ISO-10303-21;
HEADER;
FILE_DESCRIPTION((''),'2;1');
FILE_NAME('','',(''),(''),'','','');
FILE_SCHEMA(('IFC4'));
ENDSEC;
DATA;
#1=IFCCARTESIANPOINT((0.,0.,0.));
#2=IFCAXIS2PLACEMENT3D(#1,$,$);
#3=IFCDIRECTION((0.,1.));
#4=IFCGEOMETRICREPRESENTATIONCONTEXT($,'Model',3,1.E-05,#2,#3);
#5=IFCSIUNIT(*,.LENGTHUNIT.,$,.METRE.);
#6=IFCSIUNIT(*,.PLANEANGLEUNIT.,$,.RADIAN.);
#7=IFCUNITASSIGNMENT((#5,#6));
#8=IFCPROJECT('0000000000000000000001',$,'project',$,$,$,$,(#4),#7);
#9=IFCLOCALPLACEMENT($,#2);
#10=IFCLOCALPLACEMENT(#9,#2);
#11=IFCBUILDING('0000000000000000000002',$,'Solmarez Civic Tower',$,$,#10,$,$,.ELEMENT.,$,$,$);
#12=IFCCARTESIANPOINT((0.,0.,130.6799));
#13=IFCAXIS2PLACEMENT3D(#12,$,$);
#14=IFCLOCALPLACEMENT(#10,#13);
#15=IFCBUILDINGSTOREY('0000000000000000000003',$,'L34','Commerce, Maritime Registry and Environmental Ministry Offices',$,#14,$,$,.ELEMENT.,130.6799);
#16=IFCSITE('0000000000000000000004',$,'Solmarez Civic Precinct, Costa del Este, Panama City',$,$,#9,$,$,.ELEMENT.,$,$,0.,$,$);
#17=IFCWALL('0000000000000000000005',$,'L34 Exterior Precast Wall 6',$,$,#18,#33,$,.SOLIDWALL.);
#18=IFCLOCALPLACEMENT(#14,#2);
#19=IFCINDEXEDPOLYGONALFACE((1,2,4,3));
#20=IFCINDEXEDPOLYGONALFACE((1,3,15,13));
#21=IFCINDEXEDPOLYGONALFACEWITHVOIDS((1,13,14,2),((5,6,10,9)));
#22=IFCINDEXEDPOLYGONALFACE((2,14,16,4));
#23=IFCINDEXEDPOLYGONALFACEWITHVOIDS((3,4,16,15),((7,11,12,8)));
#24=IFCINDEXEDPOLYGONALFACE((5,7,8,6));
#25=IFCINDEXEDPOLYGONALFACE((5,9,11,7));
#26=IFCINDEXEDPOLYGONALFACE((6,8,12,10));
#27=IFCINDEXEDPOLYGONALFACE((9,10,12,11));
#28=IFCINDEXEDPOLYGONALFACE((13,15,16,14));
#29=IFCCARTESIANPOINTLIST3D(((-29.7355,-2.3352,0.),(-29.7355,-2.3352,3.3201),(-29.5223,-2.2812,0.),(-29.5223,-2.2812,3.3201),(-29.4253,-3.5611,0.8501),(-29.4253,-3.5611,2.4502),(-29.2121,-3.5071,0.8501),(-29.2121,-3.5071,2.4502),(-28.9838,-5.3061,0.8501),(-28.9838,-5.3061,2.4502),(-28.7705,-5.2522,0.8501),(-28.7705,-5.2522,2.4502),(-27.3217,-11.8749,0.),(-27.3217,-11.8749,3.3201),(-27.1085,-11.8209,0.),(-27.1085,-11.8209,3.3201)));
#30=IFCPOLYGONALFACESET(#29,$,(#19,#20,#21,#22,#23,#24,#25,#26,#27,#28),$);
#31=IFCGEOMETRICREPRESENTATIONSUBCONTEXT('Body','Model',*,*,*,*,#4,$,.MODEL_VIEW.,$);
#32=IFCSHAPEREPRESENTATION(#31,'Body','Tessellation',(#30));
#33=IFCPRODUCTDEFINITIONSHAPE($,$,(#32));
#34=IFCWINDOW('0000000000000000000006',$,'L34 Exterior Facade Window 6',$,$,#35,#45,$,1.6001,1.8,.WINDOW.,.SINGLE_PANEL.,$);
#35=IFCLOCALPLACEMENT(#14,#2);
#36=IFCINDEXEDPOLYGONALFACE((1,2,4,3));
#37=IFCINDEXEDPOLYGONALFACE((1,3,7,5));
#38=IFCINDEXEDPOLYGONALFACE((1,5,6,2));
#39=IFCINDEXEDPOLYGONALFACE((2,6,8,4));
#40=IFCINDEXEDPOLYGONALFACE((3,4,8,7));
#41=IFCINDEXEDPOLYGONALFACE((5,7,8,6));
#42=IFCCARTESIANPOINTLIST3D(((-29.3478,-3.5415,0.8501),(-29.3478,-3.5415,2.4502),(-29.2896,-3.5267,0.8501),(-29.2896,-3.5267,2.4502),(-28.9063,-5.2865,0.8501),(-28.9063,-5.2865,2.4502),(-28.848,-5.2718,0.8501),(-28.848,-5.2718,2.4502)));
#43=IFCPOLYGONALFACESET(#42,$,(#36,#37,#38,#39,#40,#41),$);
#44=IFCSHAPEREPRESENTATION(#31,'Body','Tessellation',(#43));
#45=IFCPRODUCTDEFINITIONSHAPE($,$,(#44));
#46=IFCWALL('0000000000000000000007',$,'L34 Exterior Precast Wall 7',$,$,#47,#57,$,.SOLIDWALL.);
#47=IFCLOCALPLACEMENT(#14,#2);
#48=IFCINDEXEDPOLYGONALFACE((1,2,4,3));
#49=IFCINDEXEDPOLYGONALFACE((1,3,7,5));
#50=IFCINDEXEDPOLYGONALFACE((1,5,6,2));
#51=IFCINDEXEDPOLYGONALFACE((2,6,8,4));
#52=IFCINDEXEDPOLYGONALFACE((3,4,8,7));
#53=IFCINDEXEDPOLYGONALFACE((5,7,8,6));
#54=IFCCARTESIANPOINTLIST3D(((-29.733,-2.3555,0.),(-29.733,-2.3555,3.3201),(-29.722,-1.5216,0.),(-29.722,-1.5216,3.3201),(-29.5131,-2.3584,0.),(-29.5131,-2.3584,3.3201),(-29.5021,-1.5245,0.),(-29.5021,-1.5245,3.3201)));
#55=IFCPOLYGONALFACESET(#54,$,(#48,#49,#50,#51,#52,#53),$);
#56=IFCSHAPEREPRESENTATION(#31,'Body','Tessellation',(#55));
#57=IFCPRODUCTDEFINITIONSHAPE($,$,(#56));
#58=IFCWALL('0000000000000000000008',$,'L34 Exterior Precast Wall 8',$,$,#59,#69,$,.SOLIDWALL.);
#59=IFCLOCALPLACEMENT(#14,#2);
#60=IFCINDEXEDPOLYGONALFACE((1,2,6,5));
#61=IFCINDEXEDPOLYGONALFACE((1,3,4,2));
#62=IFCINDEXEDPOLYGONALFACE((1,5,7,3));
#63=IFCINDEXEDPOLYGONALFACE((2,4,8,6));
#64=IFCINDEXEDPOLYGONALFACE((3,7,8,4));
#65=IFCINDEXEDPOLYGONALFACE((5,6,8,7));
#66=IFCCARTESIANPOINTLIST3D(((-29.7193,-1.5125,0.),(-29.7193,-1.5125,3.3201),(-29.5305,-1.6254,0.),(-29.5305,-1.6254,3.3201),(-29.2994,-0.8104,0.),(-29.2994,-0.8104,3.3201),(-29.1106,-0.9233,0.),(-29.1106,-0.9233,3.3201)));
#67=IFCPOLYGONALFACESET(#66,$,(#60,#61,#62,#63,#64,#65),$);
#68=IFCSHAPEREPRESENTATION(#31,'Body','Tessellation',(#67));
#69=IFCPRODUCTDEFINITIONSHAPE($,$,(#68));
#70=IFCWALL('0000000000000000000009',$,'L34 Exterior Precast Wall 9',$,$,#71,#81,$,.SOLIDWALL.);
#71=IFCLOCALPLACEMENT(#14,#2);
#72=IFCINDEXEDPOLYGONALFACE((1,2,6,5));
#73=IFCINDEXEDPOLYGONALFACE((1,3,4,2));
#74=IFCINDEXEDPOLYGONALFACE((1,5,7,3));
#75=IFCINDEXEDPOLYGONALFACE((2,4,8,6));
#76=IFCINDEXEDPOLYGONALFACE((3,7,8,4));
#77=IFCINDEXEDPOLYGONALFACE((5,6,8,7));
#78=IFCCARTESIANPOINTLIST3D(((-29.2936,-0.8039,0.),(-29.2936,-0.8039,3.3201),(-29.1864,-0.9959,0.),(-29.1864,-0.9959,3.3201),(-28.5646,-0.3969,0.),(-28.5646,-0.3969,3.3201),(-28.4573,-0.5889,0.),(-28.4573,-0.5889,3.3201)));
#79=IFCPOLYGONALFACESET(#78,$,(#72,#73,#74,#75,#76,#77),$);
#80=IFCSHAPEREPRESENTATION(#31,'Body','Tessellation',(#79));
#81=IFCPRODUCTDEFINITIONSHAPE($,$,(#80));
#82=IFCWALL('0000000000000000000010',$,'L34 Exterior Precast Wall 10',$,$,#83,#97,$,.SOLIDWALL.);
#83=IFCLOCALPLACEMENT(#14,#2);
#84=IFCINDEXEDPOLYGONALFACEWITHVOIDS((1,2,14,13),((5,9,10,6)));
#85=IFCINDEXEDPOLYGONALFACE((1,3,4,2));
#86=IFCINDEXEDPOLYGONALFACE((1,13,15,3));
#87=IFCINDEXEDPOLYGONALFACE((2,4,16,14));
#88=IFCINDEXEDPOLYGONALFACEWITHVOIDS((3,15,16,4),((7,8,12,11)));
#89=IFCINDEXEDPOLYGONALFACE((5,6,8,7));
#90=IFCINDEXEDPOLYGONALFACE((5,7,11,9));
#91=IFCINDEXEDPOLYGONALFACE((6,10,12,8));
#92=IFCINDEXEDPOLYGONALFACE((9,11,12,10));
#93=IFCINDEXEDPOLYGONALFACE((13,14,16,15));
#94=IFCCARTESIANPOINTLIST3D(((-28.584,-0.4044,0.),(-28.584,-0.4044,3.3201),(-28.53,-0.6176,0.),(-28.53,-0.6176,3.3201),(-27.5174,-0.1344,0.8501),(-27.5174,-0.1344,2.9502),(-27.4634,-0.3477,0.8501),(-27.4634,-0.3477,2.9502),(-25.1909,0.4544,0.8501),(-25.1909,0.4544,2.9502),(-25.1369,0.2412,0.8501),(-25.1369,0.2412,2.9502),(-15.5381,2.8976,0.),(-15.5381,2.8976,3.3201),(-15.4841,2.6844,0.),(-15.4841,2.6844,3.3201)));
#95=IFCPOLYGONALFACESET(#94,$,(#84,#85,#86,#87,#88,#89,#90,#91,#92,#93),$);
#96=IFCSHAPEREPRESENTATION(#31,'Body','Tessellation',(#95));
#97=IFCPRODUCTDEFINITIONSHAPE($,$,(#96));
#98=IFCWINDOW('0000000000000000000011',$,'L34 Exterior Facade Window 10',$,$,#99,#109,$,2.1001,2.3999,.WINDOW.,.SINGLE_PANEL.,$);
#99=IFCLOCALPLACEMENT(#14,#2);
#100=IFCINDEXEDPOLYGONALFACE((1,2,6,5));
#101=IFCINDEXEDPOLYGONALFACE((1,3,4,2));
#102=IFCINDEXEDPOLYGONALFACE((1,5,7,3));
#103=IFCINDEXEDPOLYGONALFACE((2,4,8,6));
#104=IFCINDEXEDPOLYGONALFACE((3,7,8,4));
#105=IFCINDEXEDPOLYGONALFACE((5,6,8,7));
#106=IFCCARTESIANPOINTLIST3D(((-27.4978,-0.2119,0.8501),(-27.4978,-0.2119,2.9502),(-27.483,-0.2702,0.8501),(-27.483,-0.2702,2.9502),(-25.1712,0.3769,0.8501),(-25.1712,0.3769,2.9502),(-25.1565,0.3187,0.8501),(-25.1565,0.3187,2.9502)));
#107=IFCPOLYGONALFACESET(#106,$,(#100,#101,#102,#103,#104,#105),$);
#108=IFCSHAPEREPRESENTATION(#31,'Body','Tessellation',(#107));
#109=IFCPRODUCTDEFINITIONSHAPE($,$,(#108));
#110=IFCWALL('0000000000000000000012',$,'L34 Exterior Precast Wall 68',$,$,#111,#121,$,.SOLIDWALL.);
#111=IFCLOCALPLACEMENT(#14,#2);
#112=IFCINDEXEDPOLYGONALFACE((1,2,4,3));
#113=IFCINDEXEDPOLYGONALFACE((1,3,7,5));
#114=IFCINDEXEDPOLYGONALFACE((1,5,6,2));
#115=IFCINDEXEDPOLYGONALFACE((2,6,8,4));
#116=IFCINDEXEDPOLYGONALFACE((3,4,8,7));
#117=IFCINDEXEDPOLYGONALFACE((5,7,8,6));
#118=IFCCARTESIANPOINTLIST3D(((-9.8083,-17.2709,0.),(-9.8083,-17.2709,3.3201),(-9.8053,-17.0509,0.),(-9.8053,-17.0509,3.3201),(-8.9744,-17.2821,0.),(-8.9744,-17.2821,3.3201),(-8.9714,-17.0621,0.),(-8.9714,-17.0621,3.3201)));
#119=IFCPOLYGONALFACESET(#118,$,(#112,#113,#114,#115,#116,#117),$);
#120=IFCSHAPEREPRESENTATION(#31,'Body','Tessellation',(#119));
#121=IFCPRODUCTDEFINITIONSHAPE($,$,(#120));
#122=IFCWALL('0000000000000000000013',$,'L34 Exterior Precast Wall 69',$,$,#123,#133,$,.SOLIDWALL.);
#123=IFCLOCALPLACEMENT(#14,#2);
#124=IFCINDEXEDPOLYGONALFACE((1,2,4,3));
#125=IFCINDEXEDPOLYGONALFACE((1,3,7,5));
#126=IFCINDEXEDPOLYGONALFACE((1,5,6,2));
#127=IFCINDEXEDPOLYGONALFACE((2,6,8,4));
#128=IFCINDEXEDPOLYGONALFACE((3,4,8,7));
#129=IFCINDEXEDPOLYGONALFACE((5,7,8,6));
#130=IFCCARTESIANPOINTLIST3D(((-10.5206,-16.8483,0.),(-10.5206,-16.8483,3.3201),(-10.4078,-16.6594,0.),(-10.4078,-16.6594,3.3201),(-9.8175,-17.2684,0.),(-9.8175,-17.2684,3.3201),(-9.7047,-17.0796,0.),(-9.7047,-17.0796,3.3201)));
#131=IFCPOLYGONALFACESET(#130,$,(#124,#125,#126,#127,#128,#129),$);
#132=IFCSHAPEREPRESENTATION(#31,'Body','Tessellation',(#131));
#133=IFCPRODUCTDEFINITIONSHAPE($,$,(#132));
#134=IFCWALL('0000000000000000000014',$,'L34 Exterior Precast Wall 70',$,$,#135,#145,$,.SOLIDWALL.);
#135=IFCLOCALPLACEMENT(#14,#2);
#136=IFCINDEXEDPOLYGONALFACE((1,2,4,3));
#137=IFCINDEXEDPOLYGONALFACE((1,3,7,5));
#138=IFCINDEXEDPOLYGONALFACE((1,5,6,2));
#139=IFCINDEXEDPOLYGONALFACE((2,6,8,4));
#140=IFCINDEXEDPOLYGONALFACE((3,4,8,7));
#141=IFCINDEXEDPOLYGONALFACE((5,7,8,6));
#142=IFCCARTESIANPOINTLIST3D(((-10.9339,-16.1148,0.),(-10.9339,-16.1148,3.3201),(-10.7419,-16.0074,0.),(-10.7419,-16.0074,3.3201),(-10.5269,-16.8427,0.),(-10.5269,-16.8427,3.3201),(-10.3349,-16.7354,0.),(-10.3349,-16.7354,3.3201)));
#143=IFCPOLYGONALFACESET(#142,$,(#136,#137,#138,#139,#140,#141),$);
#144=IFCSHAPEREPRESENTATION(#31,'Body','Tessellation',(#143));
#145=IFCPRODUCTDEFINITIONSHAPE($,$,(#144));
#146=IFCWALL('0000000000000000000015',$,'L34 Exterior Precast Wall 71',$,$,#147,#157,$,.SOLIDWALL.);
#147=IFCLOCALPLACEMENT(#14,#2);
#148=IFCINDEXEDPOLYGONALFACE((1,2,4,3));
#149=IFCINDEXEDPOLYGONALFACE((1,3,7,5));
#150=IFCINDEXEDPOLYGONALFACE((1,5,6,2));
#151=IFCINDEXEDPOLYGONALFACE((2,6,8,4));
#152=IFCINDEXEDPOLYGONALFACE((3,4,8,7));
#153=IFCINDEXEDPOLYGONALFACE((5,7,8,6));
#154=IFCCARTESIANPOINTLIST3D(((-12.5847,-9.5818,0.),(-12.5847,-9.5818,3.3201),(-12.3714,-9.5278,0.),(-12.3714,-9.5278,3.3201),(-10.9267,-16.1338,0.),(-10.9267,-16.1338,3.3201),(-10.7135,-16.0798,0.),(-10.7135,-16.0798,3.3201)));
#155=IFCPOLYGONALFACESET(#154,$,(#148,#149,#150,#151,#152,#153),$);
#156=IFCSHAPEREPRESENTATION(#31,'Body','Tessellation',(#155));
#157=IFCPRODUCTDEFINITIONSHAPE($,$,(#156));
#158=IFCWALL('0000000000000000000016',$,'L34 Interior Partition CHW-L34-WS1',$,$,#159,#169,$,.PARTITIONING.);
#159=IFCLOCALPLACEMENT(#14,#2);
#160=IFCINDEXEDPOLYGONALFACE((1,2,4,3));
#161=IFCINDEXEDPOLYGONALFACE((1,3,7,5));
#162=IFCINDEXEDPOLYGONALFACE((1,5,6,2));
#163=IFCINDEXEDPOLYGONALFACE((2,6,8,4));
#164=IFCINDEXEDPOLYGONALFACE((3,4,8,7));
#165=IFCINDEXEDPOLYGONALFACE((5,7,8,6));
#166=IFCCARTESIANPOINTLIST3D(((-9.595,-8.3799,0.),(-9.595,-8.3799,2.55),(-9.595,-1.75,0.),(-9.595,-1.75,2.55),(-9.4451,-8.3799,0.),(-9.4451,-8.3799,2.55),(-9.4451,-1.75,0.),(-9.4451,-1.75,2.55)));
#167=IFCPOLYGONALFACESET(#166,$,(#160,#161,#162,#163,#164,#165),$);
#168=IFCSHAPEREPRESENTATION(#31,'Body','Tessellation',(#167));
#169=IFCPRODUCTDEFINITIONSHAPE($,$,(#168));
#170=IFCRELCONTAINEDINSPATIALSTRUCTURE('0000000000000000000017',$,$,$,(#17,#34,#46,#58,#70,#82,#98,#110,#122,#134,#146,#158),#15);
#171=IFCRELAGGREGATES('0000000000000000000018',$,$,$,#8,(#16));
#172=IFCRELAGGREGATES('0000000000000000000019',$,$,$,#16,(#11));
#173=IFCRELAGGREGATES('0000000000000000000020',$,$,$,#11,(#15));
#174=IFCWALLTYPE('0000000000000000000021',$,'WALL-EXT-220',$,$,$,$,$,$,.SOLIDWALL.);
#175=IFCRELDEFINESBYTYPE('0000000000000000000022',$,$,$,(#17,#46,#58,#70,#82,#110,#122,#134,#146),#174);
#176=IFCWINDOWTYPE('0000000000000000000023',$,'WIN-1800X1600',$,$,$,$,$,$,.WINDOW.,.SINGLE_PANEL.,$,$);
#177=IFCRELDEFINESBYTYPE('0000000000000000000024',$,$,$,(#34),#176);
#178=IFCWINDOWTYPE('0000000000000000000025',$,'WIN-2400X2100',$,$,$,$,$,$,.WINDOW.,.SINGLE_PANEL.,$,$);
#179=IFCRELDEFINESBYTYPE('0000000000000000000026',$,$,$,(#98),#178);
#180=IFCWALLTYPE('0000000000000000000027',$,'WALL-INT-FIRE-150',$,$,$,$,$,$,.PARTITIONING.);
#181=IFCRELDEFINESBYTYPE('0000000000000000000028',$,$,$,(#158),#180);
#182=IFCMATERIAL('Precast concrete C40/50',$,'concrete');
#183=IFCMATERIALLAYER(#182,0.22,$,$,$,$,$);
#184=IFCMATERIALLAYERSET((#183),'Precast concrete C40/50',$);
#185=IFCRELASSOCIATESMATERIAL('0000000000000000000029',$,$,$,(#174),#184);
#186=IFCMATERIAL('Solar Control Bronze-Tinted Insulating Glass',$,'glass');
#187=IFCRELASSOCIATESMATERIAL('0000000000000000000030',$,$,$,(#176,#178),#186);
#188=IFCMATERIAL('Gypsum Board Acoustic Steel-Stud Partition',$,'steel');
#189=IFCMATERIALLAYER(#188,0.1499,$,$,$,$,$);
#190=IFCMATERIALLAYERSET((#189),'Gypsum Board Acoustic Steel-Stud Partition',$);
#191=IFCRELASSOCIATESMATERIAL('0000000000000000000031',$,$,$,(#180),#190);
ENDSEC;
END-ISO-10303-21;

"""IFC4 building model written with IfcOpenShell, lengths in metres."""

from ifc_helpers import new_model, si_unit, direction, frame, frame_2d, origin, place, context, subcontext, project, spatial, rectangle, extrude, material, layer, layer_set, type_object, element, fill, save


model = new_model("IFC4")

# Units and contexts
model_context = context("Model", 3, precision=1e-05, world=origin(), true_north=direction((0.0, 1.0)))
body_context = subcontext(model_context, "Body", "Model", "MODEL_VIEW")
ifc_project = project(units=[si_unit("LENGTHUNIT", "METRE"), si_unit("PLANEANGLEUNIT", "RADIAN")], contexts=[model_context])

# Site, building, storey
site_placement = place(None, origin())
site = spatial("IfcSite", under=ifc_project, at=site_placement, Name="Solmarez Civic Precinct, Costa del Este, Panama City", CompositionType="ELEMENT", RefElevation=0.0)
building_placement = place(site_placement, origin())
building = spatial("IfcBuilding", under=site, at=building_placement, Name="Solmarez Civic Tower", CompositionType="ELEMENT")
storey_placement = place(building_placement, frame((0.0, 0.0, 130.6799)))
storey = spatial("IfcBuildingStorey", under=building, at=storey_placement, Name="L34", Description="Commerce, Maritime Registry and Environmental Ministry Offices", CompositionType="ELEMENT", Elevation=130.6799)

# Shared definitions
ifc_material_1 = material(Name="Precast concrete C40/50", Category="concrete")
ifc_layer_1 = layer(ifc_material_1, 0.22)
ifc_layer_set_1 = layer_set([ifc_layer_1], Name="Precast concrete C40/50")
wall_type_1 = type_object("IfcWallType", Name="WALL-EXT-220", PredefinedType="SOLIDWALL", material=ifc_layer_set_1)

# Wall, opening, window
wall_1_placement = place(storey_placement, frame((-27.2151, -11.8479, 0.0), z_axis=(0.0, 0.0, 1.0), x_axis=(-0.245296, 0.969448, 0.0)))
wall_1 = element("IfcWall", 1, at=wall_1_placement, inside=storey, type_object=wall_type_1, Name="L34 Exterior Precast Wall 6", PredefinedType="SOLIDWALL", context=body_context, shape_type="SweptSolid", body=[
    extrude(rectangle(XDim=9.8403, YDim=0.22, at=frame_2d((4.9202, 0.0))), origin(), (0.0, 0.0, 1.0), 3.3201),
])
opening_1_placement = place(wall_1_placement, frame((6.7759, 0.0, 0.8501)))
opening_1 = element("IfcOpeningElement", 2, at=opening_1_placement, cuts=wall_1, PredefinedType="OPENING", context=body_context, shape_type="SweptSolid", body=[
    extrude(rectangle(XDim=1.8, YDim=1.6001, at=frame_2d((0.8999, 0.8))), frame((0.0, 0.1199, 0.0), z_axis=(0.0, -1.0, 0.0), x_axis=(1.0, 0.0, 0.0)), (0.0, 0.0, 1.0), 0.24),
])
ifc_material_2 = material(Name="Solar Control Bronze-Tinted Insulating Glass", Category="glass")
window_type_1 = type_object("IfcWindowType", Name="WIN-1800X1600", PartitioningType="SINGLE_PANEL", PredefinedType="WINDOW", material=ifc_material_2)
window_1_placement = place(opening_1_placement, origin())
window_1 = element("IfcWindow", 3, at=window_1_placement, inside=storey, type_object=window_type_1, Name="L34 Exterior Facade Window 6", OverallHeight=1.6001, OverallWidth=1.8, PartitioningType="SINGLE_PANEL", PredefinedType="WINDOW", context=body_context, shape_type="SweptSolid", body=[
    extrude(rectangle(XDim=1.8, YDim=1.6001, at=frame_2d((0.8999, 0.8))), frame((0.0, 0.03, 0.0), z_axis=(0.0, -1.0, 0.0), x_axis=(1.0, 0.0, 0.0)), (0.0, 0.0, 1.0), 0.0601),
])
fill(opening_1, window_1)

# Walls
wall_2_placement = place(storey_placement, frame((-29.623, -2.3569, 0.0), z_axis=(0.0, 0.0, 1.0), x_axis=(0.013172, 0.999913, 0.0)))
element("IfcWall", 4, at=wall_2_placement, inside=storey, type_object=wall_type_1, Name="L34 Exterior Precast Wall 7", PredefinedType="SOLIDWALL", context=body_context, shape_type="SweptSolid", body=[
    extrude(rectangle(XDim=0.834, YDim=0.22, at=frame_2d((0.417, 0.0))), origin(), (0.0, 0.0, 1.0), 3.3201),
])
wall_3_placement = place(storey_placement, frame((-29.625, -1.5691, 0.0), z_axis=(0.0, 0.0, 1.0), x_axis=(0.513266, 0.858229, 0.0)))
element("IfcWall", 5, at=wall_3_placement, inside=storey, type_object=wall_type_1, Name="L34 Exterior Precast Wall 8", PredefinedType="SOLIDWALL", context=body_context, shape_type="SweptSolid", body=[
    extrude(rectangle(XDim=0.8181, YDim=0.22, at=frame_2d((0.4092, 0.0))), origin(), (0.0, 0.0, 1.0), 3.3201),
])
wall_4_placement = place(storey_placement, frame((-29.24, -0.8999, 0.0), z_axis=(0.0, 0.0, 1.0), x_axis=(0.873148, 0.487454, 0.0)))
element("IfcWall", 6, at=wall_4_placement, inside=storey, type_object=wall_type_1, Name="L34 Exterior Precast Wall 9", PredefinedType="SOLIDWALL", context=body_context, shape_type="SweptSolid", body=[
    extrude(rectangle(XDim=0.835, YDim=0.22, at=frame_2d((0.4175, 0.0))), origin(), (0.0, 0.0, 1.0), 3.3201),
])

# Wall, opening, window
wall_5_placement = place(storey_placement, frame((-28.5569, -0.511, 0.0), z_axis=(0.0, 0.0, 1.0), x_axis=(0.96943, 0.245369, 0.0)))
wall_5 = element("IfcWall", 7, at=wall_5_placement, inside=storey, type_object=wall_type_1, Name="L34 Exterior Precast Wall 10", PredefinedType="SOLIDWALL", context=body_context, shape_type="SweptSolid", body=[
    extrude(rectangle(XDim=13.4573, YDim=0.22, at=frame_2d((6.7285, 0.0))), origin(), (0.0, 0.0, 1.0), 3.3201),
])
opening_2_placement = place(wall_5_placement, frame((1.1001, 0.0, 0.8501)))
opening_2 = element("IfcOpeningElement", 8, at=opening_2_placement, cuts=wall_5, PredefinedType="OPENING", context=body_context, shape_type="SweptSolid", body=[
    extrude(rectangle(XDim=2.3999, YDim=2.1001, at=frame_2d((1.2, 1.05))), frame((0.0, 0.1199, 0.0), z_axis=(0.0, -1.0, 0.0), x_axis=(1.0, 0.0, 0.0)), (0.0, 0.0, 1.0), 0.24),
])
window_type_2 = type_object("IfcWindowType", Name="WIN-2400X2100", PartitioningType="SINGLE_PANEL", PredefinedType="WINDOW", material=ifc_material_2)
window_2_placement = place(opening_2_placement, origin())
window_2 = element("IfcWindow", 9, at=window_2_placement, inside=storey, type_object=window_type_2, Name="L34 Exterior Facade Window 10", OverallHeight=2.1001, OverallWidth=2.3999, PartitioningType="SINGLE_PANEL", PredefinedType="WINDOW", context=body_context, shape_type="SweptSolid", body=[
    extrude(rectangle(XDim=2.3999, YDim=2.1001, at=frame_2d((1.2, 1.05))), frame((0.0, 0.03, 0.0), z_axis=(0.0, -1.0, 0.0), x_axis=(1.0, 0.0, 0.0)), (0.0, 0.0, 1.0), 0.0601),
])
fill(opening_2, window_2)

# Walls
wall_6_placement = place(storey_placement, frame((-8.9729, -17.1721, 0.0), z_axis=(0.0, 0.0, 1.0), x_axis=(-0.999909, 0.013465, 0.0)))
element("IfcWall", 10, at=wall_6_placement, inside=storey, type_object=wall_type_1, Name="L34 Exterior Precast Wall 68", PredefinedType="SOLIDWALL", context=body_context, shape_type="SweptSolid", body=[
    extrude(rectangle(XDim=0.834, YDim=0.22, at=frame_2d((0.417, 0.0))), origin(), (0.0, 0.0, 1.0), 3.3201),
])
wall_7_placement = place(storey_placement, frame((-9.761, -17.1741, 0.0), z_axis=(0.0, 0.0, 1.0), x_axis=(-0.858412, 0.512961, 0.0)))
element("IfcWall", 11, at=wall_7_placement, inside=storey, type_object=wall_type_1, Name="L34 Exterior Precast Wall 69", PredefinedType="SOLIDWALL", context=body_context, shape_type="SweptSolid", body=[
    extrude(rectangle(XDim=0.8191, YDim=0.22, at=frame_2d((0.4097, 0.0))), origin(), (0.0, 0.0, 1.0), 3.3201),
])
wall_8_placement = place(storey_placement, frame((-10.4309, -16.7891, 0.0), z_axis=(0.0, 0.0, 1.0), x_axis=(-0.487953, 0.87287, 0.0)))
element("IfcWall", 12, at=wall_8_placement, inside=storey, type_object=wall_type_1, Name="L34 Exterior Precast Wall 70", PredefinedType="SOLIDWALL", context=body_context, shape_type="SweptSolid", body=[
    extrude(rectangle(XDim=0.834, YDim=0.22, at=frame_2d((0.417, 0.0))), origin(), (0.0, 0.0, 1.0), 3.3201),
])
wall_9_placement = place(storey_placement, frame((-10.8201, -16.1069, 0.0), z_axis=(0.0, 0.0, 1.0), x_axis=(-0.245314, 0.969444, 0.0)))
element("IfcWall", 13, at=wall_9_placement, inside=storey, type_object=wall_type_1, Name="L34 Exterior Precast Wall 71", PredefinedType="SOLIDWALL", context=body_context, shape_type="SweptSolid", body=[
    extrude(rectangle(XDim=6.7585, YDim=0.22, at=frame_2d((3.3794, 0.0))), origin(), (0.0, 0.0, 1.0), 3.3201),
])
ifc_material_3 = material(Name="Gypsum Board Acoustic Steel-Stud Partition", Category="steel")
ifc_layer_2 = layer(ifc_material_3, 0.1499)
ifc_layer_set_2 = layer_set([ifc_layer_2], Name="Gypsum Board Acoustic Steel-Stud Partition")
wall_type_2 = type_object("IfcWallType", Name="WALL-INT-FIRE-150", PredefinedType="PARTITIONING", material=ifc_layer_set_2)
wall_10_placement = place(storey_placement, frame((-9.52, -8.3799, 0.0), z_axis=(0.0, 0.0, 1.0), x_axis=(0.0, 1.0, 0.0)))
element("IfcWall", 14, at=wall_10_placement, inside=storey, type_object=wall_type_2, Name="L34 Interior Partition CHW-L34-WS1", PredefinedType="PARTITIONING", context=body_context, shape_type="SweptSolid", body=[
    extrude(rectangle(XDim=6.6299, YDim=0.1499, at=frame_2d((3.3149, 0.0))), origin(), (0.0, 0.0, 1.0), 2.55),
])

save(model, "model.ifc")
